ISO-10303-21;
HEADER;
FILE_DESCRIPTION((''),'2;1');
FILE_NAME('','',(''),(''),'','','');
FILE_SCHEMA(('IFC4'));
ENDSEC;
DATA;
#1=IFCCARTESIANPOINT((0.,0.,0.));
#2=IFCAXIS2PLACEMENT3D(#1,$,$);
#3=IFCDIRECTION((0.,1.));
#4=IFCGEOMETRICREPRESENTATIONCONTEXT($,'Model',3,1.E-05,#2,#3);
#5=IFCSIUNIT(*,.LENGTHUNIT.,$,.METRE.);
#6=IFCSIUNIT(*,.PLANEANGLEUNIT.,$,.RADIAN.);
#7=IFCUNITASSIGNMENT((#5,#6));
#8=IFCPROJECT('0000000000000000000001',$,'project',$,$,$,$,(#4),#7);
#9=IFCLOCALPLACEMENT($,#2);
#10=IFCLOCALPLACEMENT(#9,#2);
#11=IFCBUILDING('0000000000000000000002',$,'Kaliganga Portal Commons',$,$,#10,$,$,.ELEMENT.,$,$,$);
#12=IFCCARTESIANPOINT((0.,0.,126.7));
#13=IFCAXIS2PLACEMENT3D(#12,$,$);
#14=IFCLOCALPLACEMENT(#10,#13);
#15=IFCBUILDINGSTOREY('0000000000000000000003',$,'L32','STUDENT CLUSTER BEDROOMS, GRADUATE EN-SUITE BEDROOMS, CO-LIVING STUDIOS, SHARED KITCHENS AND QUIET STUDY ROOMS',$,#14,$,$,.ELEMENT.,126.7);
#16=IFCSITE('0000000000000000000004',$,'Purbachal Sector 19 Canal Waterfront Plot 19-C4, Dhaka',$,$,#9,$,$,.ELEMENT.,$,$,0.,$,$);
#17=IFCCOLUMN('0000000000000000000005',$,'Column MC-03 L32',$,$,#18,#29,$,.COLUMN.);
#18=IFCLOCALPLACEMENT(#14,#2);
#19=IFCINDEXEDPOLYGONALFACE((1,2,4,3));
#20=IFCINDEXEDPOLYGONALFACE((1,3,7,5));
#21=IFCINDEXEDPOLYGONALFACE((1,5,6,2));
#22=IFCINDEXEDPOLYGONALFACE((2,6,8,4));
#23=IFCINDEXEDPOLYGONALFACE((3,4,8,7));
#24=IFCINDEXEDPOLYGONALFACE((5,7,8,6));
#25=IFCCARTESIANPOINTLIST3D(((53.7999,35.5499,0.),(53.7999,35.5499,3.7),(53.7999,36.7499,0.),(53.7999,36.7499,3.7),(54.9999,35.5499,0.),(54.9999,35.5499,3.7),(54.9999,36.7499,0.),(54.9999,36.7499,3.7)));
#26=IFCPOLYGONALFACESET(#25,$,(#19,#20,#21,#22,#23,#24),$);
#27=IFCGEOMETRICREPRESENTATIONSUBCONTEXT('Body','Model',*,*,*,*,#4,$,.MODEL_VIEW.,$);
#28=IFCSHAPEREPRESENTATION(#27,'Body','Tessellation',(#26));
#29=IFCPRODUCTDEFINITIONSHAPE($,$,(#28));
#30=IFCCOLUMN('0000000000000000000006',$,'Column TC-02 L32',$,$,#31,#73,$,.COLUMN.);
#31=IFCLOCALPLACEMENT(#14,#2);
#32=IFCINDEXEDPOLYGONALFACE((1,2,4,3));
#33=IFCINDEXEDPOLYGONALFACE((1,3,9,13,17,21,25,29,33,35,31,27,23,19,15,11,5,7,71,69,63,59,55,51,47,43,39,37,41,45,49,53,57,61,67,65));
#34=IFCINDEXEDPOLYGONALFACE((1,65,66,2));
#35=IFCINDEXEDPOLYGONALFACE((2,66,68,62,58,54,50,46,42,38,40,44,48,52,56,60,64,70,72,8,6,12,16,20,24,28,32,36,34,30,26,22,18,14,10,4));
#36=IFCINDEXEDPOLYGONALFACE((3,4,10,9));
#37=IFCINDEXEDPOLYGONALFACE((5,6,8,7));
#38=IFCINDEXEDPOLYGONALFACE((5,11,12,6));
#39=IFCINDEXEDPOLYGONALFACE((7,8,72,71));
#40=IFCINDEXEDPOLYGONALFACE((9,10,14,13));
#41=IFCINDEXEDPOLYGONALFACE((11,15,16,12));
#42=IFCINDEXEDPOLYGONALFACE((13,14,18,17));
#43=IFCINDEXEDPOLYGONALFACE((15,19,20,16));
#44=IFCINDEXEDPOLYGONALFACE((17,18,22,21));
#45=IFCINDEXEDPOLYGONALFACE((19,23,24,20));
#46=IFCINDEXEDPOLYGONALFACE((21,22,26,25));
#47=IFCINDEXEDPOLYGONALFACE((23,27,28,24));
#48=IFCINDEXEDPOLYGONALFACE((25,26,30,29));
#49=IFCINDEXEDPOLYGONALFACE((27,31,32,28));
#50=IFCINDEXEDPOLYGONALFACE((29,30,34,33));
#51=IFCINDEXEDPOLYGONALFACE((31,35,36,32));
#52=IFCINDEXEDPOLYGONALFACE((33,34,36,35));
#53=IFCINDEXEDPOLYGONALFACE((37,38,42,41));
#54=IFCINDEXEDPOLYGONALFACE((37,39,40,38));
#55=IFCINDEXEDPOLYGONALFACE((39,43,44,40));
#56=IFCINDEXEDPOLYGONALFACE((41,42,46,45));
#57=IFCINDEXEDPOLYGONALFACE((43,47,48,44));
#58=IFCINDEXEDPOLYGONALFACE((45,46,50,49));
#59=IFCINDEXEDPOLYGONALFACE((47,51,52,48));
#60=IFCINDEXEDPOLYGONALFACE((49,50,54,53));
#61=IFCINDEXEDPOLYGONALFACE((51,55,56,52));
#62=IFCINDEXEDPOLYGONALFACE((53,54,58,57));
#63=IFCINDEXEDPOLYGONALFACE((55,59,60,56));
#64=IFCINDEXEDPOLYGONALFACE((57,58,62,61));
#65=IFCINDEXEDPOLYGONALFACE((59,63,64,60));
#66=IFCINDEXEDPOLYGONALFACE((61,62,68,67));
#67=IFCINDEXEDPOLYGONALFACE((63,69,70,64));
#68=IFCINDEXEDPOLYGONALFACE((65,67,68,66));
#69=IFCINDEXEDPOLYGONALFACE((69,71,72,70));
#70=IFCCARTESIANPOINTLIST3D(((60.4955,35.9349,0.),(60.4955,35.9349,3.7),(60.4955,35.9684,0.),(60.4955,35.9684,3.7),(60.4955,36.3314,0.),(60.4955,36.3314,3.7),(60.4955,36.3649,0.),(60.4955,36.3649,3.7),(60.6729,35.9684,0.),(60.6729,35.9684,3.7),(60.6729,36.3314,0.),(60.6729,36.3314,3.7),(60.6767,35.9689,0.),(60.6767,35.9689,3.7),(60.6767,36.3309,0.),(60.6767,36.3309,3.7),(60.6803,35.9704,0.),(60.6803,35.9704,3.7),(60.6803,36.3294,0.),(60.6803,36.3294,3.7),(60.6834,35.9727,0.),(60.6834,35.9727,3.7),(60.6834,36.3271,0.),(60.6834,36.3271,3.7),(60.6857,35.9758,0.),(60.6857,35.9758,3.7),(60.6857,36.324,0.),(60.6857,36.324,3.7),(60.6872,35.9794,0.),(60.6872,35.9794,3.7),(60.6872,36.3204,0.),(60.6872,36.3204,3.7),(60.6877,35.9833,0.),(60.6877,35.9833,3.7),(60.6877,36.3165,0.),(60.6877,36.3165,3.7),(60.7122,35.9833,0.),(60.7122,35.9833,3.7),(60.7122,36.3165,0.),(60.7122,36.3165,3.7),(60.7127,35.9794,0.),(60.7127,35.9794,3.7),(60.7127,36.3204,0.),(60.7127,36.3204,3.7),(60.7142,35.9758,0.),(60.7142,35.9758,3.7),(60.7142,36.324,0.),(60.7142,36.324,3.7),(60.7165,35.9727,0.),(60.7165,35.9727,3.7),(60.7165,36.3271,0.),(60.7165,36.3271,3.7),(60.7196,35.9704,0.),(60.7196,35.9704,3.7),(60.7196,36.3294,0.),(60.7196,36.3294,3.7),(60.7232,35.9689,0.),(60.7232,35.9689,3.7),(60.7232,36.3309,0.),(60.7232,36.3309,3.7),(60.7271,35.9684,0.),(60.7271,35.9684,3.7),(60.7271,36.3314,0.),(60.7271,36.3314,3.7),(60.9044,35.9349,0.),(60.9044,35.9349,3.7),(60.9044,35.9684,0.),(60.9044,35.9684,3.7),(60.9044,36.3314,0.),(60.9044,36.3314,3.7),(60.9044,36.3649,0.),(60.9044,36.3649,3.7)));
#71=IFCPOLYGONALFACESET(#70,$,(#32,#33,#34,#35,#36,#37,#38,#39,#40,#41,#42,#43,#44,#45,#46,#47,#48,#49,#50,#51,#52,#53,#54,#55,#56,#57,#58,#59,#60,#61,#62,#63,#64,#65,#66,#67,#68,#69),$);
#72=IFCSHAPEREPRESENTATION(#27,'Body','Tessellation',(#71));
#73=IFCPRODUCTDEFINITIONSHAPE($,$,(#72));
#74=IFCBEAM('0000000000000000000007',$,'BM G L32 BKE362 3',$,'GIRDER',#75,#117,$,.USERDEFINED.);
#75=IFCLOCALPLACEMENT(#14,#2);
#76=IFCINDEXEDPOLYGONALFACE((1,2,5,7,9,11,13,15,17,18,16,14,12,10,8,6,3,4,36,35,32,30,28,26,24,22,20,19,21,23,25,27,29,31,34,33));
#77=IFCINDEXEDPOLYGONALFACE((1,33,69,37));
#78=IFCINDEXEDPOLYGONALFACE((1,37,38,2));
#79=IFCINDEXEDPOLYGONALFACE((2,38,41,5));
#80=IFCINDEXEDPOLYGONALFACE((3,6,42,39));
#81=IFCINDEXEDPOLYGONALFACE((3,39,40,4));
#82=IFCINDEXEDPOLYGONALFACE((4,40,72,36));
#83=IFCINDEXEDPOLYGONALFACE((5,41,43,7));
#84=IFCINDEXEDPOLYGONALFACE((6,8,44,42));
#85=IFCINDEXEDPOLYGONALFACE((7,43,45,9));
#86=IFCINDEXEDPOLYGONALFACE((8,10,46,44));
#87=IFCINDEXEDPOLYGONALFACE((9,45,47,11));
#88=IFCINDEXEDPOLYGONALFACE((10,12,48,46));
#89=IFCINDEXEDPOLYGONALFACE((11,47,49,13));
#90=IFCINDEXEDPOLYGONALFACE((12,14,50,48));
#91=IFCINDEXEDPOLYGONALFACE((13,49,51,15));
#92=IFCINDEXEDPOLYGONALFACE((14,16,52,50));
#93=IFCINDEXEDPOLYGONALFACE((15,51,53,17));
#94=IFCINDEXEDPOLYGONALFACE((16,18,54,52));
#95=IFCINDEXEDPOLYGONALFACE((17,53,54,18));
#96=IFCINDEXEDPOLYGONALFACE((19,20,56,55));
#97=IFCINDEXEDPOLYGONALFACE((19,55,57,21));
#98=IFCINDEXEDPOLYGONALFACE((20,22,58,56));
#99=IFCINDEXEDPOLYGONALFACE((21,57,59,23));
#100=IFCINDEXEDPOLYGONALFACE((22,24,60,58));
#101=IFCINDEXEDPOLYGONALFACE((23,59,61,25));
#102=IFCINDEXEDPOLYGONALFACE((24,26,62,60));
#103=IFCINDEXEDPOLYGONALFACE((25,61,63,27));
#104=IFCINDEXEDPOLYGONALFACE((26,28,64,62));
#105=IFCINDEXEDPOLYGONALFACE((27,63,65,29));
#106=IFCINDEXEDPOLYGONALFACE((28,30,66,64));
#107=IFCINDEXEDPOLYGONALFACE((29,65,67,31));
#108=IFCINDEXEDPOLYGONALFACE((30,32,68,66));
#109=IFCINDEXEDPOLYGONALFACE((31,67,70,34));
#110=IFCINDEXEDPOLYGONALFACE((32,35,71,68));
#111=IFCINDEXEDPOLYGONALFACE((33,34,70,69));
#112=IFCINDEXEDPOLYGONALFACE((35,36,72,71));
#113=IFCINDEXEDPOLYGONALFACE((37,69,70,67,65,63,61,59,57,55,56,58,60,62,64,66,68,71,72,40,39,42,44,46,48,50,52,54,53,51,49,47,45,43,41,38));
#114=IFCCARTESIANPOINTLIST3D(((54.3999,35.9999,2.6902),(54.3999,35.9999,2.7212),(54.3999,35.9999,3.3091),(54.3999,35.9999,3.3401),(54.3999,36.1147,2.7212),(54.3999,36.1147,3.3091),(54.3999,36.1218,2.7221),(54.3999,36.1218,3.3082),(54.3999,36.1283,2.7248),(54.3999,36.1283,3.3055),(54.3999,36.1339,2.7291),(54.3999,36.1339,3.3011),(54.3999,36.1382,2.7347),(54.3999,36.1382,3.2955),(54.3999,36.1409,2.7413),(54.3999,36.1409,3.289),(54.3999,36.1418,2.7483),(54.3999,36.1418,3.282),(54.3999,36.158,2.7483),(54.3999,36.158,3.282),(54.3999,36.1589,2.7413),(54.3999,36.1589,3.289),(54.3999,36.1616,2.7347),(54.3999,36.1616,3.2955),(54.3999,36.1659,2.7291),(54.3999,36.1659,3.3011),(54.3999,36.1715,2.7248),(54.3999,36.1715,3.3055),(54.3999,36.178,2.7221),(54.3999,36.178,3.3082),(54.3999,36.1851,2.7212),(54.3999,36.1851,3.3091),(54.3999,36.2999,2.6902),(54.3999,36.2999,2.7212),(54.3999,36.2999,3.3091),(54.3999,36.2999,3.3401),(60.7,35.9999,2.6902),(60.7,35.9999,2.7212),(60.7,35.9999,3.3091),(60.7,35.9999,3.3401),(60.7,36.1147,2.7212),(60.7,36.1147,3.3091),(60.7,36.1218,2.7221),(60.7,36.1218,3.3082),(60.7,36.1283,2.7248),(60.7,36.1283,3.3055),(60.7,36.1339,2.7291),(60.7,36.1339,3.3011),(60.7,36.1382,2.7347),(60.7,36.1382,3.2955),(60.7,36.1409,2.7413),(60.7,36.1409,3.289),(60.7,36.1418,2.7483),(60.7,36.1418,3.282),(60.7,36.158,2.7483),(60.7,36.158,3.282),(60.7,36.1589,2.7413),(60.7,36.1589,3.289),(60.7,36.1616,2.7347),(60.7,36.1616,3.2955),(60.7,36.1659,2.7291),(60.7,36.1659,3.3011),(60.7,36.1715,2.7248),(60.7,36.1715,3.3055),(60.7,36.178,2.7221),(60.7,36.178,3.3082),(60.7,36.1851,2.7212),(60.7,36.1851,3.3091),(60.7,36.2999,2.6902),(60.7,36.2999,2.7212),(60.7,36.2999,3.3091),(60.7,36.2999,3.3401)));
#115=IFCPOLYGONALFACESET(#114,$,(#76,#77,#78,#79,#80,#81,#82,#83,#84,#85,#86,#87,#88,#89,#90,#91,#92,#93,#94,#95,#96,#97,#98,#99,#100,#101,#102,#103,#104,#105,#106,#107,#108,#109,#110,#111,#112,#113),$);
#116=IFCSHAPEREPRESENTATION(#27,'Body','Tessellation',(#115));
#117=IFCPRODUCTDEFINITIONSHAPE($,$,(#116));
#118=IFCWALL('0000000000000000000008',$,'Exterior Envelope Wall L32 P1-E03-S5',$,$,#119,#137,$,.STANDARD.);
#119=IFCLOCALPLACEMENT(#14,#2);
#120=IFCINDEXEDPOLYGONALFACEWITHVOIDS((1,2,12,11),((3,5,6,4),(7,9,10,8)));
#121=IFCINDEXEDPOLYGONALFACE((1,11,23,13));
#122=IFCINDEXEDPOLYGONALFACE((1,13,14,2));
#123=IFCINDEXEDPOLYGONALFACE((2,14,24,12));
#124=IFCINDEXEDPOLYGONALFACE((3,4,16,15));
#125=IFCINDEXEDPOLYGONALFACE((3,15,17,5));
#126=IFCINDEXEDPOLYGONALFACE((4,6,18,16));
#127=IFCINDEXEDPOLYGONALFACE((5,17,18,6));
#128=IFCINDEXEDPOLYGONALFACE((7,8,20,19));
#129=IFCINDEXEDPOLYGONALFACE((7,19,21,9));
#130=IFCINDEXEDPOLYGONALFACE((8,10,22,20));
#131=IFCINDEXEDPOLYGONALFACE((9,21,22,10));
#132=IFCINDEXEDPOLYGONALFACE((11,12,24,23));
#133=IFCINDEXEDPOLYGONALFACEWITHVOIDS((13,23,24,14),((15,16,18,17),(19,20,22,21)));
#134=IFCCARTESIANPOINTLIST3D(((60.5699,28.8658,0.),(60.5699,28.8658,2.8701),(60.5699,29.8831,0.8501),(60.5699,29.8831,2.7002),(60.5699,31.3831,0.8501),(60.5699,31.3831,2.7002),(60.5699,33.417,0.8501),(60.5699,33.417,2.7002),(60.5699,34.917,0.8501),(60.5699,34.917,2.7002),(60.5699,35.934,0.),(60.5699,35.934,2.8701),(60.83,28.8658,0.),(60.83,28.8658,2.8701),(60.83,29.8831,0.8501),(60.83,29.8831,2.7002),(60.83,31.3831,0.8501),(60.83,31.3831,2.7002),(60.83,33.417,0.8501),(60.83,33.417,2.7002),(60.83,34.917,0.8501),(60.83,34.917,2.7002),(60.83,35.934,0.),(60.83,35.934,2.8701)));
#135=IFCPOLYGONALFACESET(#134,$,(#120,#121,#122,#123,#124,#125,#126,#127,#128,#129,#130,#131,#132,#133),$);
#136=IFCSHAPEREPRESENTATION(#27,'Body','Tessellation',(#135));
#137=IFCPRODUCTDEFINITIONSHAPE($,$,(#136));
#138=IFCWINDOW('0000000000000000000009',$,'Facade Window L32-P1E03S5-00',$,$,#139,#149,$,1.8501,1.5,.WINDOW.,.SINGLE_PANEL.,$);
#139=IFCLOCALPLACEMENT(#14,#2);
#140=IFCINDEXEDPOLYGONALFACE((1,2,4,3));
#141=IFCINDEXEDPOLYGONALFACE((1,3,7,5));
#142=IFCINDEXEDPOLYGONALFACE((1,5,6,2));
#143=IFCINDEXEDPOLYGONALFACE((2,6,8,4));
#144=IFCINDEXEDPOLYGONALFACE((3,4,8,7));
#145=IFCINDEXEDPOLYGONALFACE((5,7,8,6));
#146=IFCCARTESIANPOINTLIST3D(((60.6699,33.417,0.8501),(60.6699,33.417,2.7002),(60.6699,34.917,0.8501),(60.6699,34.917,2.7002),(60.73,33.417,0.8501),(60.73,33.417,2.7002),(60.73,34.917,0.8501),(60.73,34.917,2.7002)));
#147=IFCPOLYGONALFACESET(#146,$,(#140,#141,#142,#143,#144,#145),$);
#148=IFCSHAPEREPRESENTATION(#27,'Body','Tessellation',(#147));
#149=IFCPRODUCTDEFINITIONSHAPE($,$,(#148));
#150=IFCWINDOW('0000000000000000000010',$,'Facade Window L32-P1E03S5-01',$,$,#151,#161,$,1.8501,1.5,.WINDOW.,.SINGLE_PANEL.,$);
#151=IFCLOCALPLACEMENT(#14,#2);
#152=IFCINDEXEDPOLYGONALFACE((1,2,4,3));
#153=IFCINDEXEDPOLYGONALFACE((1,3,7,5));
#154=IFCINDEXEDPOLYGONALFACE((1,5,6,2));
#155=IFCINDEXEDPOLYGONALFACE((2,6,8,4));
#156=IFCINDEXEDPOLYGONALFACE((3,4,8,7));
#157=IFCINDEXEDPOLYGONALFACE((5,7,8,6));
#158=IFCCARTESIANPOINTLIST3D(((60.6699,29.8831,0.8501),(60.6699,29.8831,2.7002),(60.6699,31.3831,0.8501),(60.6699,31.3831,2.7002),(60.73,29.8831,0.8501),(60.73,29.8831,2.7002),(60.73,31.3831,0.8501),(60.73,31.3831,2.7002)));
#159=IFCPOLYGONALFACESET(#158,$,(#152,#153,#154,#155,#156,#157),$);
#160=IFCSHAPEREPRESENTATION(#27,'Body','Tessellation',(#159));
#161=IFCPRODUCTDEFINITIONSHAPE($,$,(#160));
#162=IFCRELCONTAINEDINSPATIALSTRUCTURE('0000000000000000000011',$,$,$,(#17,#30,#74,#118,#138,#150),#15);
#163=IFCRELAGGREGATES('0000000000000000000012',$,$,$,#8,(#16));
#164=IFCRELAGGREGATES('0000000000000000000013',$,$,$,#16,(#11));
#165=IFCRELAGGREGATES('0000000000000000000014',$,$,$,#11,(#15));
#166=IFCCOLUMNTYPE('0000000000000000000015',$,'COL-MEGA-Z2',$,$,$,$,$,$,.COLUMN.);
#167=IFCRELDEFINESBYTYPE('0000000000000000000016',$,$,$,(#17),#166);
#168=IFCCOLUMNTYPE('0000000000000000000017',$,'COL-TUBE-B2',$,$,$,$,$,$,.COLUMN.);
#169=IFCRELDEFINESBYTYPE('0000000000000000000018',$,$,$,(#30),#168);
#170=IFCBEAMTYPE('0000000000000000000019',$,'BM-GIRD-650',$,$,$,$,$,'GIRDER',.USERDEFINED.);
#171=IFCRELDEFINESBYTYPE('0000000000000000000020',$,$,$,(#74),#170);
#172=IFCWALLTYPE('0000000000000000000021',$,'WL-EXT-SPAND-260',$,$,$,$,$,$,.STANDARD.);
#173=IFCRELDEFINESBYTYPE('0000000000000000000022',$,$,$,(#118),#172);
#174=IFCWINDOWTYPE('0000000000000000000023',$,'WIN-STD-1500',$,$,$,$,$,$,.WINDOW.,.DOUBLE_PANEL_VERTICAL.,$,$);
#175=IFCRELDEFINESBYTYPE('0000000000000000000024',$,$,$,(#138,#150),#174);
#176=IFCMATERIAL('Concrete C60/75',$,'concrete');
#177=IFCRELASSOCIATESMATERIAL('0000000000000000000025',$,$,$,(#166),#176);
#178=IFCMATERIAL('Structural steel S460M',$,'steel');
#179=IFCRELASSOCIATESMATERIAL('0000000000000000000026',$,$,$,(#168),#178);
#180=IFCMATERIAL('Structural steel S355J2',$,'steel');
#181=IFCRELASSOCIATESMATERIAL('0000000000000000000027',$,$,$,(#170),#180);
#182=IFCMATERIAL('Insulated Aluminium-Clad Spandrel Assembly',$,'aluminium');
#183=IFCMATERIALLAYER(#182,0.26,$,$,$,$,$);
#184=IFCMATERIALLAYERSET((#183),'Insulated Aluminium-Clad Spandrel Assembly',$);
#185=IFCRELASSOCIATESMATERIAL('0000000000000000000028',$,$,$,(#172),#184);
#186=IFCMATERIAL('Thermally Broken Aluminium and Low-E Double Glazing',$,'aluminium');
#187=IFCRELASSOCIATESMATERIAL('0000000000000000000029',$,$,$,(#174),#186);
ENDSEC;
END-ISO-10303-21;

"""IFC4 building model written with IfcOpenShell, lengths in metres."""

from ifc_helpers import new_model, si_unit, direction, frame, frame_2d, origin, origin_2d, place, context, subcontext, project, spatial, rectangle, i_section, extrude, source, transform, mapped, material, layer, layer_set, material_profile, profile_set, type_object, element, fill, save


model = new_model("IFC4")

# Units and contexts
model_context = context("Model", 3, precision=1e-05, world=origin(), true_north=direction((0.0, 1.0)))
body_context = subcontext(model_context, "Body", "Model", "MODEL_VIEW")
ifc_project = project(units=[si_unit("LENGTHUNIT", "METRE"), si_unit("PLANEANGLEUNIT", "RADIAN")], contexts=[model_context])

# Site, building, storey
site_placement = place(None, origin())
site = spatial("IfcSite", under=ifc_project, at=site_placement, Name="Purbachal Sector 19 Canal Waterfront Plot 19-C4, Dhaka", CompositionType="ELEMENT", RefElevation=0.0)
building_placement = place(site_placement, origin())
building = spatial("IfcBuilding", under=site, at=building_placement, Name="Kaliganga Portal Commons", CompositionType="ELEMENT")
storey_placement = place(building_placement, frame((0.0, 0.0, 126.7)))
storey = spatial("IfcBuildingStorey", under=building, at=storey_placement, Name="L32", Description="STUDENT CLUSTER BEDROOMS, GRADUATE EN-SUITE BEDROOMS, CO-LIVING STUDIOS, SHARED KITCHENS AND QUIET STUDY ROOMS", CompositionType="ELEMENT", Elevation=126.7)

# Columns
ifc_material_1 = material(Name="Concrete C60/75", Category="concrete")
ifc_material_profile_1 = material_profile(ifc_material_1, rectangle(XDim=1.2, YDim=1.2, at=origin_2d()), Name="RC 1200x1200")
ifc_profile_set_1 = profile_set([ifc_material_profile_1], Name="Concrete C60/75")
column_type_1 = type_object("IfcColumnType", Name="COL-MEGA-Z2", PredefinedType="COLUMN", material=ifc_profile_set_1)
shared_shape_1 = source(origin(), body_context, "Body", "SweptSolid", [
    extrude(rectangle(XDim=1.2, YDim=1.2, at=origin_2d()), origin(), (0.0, 0.0, 1.0), 3.7),
])
column_1_placement = place(storey_placement, frame((54.3999, 36.1499, 0.0), z_axis=(0.0, 0.0, 1.0), x_axis=(1.0, 0.0, 0.0)))
element("IfcColumn", 1, at=column_1_placement, inside=storey, type_object=column_type_1, Name="Column MC-03 L32", PredefinedType="COLUMN", context=body_context, shape_type="MappedRepresentation", body=[
    mapped(shared_shape_1, transform((0.0, 0.0, 0.0), x_axis=(1.0, 0.0, 0.0), y_axis=(0.0, 1.0, 0.0), z_axis=(0.0, 0.0, 1.0), scale=1.0)),
])
ifc_material_2 = material(Name="Structural steel S460M", Category="steel")
ifc_material_profile_2 = material_profile(ifc_material_2, i_section(OverallWidth=0.4089, OverallDepth=0.4299, WebThickness=0.0244, FlangeThickness=0.0334, FilletRadius=0.0149, at=origin_2d()), Name="HD 400x421")
ifc_profile_set_2 = profile_set([ifc_material_profile_2], Name="Structural steel S460M wide-flange")
column_type_2 = type_object("IfcColumnType", Name="COL-TUBE-B2", PredefinedType="COLUMN", material=ifc_profile_set_2)
shared_shape_2 = source(origin(), body_context, "Body", "SweptSolid", [
    extrude(i_section(OverallWidth=0.4089, OverallDepth=0.4299, WebThickness=0.0244, FlangeThickness=0.0334, FilletRadius=0.0149, at=origin_2d()), origin(), (0.0, 0.0, 1.0), 3.7),
])
column_2_placement = place(storey_placement, frame((60.7, 36.1499, 0.0), z_axis=(0.0, 0.0, 1.0), x_axis=(1.0, 0.0, 0.0)))
element("IfcColumn", 2, at=column_2_placement, inside=storey, type_object=column_type_2, Name="Column TC-02 L32", PredefinedType="COLUMN", context=body_context, shape_type="MappedRepresentation", body=[
    mapped(shared_shape_2, transform((0.0, 0.0, 0.0), x_axis=(1.0, 0.0, 0.0), y_axis=(0.0, 1.0, 0.0), z_axis=(0.0, 0.0, 1.0), scale=1.0)),
])

# Beam
ifc_material_3 = material(Name="Structural steel S355J2", Category="steel")
ifc_material_profile_3 = material_profile(ifc_material_3, i_section(OverallWidth=0.3, OverallDepth=0.6499, WebThickness=0.0161, FlangeThickness=0.031, FilletRadius=0.0271, at=origin_2d()), Name="HE 650 B")
ifc_profile_set_3 = profile_set([ifc_material_profile_3], Name="Structural steel S355J2 wide-flange")
beam_type = type_object("IfcBeamType", Name="BM-GIRD-650", ElementType="GIRDER", PredefinedType="USERDEFINED", material=ifc_profile_set_3)
shared_shape_3 = source(origin(), body_context, "Body", "SweptSolid", [
    extrude(i_section(OverallWidth=0.3, OverallDepth=0.6499, WebThickness=0.0161, FlangeThickness=0.031, FilletRadius=0.0271, at=origin_2d()), origin(), (0.0, 0.0, 1.0), 6.3),
])
beam_placement = place(storey_placement, frame((54.3999, 36.1499, 3.0151), z_axis=(1.0, 0.0, 0.0), x_axis=(0.0, 1.0, 0.0)))
element("IfcBeam", 3, at=beam_placement, inside=storey, type_object=beam_type, Name="BM G L32 BKE362 3", ObjectType="GIRDER", PredefinedType="USERDEFINED", context=body_context, shape_type="MappedRepresentation", body=[
    mapped(shared_shape_3, transform((0.0, 0.0, 0.0), x_axis=(1.0, 0.0, 0.0), y_axis=(0.0, 1.0, 0.0), z_axis=(0.0, 0.0, 1.0), scale=1.0)),
])

# Wall, openings, windows
ifc_material_4 = material(Name="Insulated Aluminium-Clad Spandrel Assembly", Category="aluminium")
ifc_layer_1 = layer(ifc_material_4, 0.26)
ifc_layer_set_1 = layer_set([ifc_layer_1], Name="Insulated Aluminium-Clad Spandrel Assembly")
wall_type_1 = type_object("IfcWallType", Name="WL-EXT-SPAND-260", PredefinedType="STANDARD", material=ifc_layer_set_1)
wall_1_placement = place(storey_placement, frame((60.7, 35.9341, 0.0), z_axis=(0.0, 0.0, 1.0), x_axis=(0.0, -1.0, 0.0)))
wall_1 = element("IfcWall", 4, at=wall_1_placement, inside=storey, type_object=wall_type_1, Name="Exterior Envelope Wall L32 P1-E03-S5", PredefinedType="STANDARD", context=body_context, shape_type="SweptSolid", body=[
    extrude(rectangle(XDim=7.0681, YDim=0.26, at=frame_2d((3.5342, 0.0))), origin(), (0.0, 0.0, 1.0), 2.8701),
])
opening_1_placement = place(wall_1_placement, frame((1.0171, 0.0, 0.8501)))
opening_1 = element("IfcOpeningElement", 5, at=opening_1_placement, cuts=wall_1, PredefinedType="OPENING", context=body_context, shape_type="SweptSolid", body=[
    extrude(rectangle(XDim=1.5, YDim=1.8501, at=frame_2d((0.75, 0.925))), frame((0.0, 0.1401, 0.0), z_axis=(0.0, -1.0, 0.0), x_axis=(1.0, 0.0, 0.0)), (0.0, 0.0, 1.0), 0.28),
])
opening_2_placement = place(wall_1_placement, frame((4.551, 0.0, 0.8501)))
opening_2 = element("IfcOpeningElement", 6, at=opening_2_placement, cuts=wall_1, PredefinedType="OPENING", context=body_context, shape_type="SweptSolid", body=[
    extrude(rectangle(XDim=1.5, YDim=1.8501, at=frame_2d((0.75, 0.925))), frame((0.0, 0.1401, 0.0), z_axis=(0.0, -1.0, 0.0), x_axis=(1.0, 0.0, 0.0)), (0.0, 0.0, 1.0), 0.28),
])
ifc_material_5 = material(Name="Thermally Broken Aluminium and Low-E Double Glazing", Category="aluminium")
window_type_1 = type_object("IfcWindowType", Name="WIN-STD-1500", PartitioningType="DOUBLE_PANEL_VERTICAL", PredefinedType="WINDOW", material=ifc_material_5)
window_1_placement = place(opening_1_placement, origin())
window_1 = element("IfcWindow", 7, at=window_1_placement, inside=storey, type_object=window_type_1, Name="Facade Window L32-P1E03S5-00", OverallHeight=1.8501, OverallWidth=1.5, PartitioningType="SINGLE_PANEL", PredefinedType="WINDOW", context=body_context, shape_type="SweptSolid", body=[
    extrude(rectangle(XDim=1.5, YDim=1.8501, at=frame_2d((0.75, 0.925))), frame((0.0, 0.03, 0.0), z_axis=(0.0, -1.0, 0.0), x_axis=(1.0, 0.0, 0.0)), (0.0, 0.0, 1.0), 0.0601),
])
fill(opening_1, window_1)
window_2_placement = place(opening_2_placement, origin())
window_2 = element("IfcWindow", 8, at=window_2_placement, inside=storey, type_object=window_type_1, Name="Facade Window L32-P1E03S5-01", OverallHeight=1.8501, OverallWidth=1.5, PartitioningType="SINGLE_PANEL", PredefinedType="WINDOW", context=body_context, shape_type="SweptSolid", body=[
    extrude(rectangle(XDim=1.5, YDim=1.8501, at=frame_2d((0.75, 0.925))), frame((0.0, 0.03, 0.0), z_axis=(0.0, -1.0, 0.0), x_axis=(1.0, 0.0, 0.0)), (0.0, 0.0, 1.0), 0.0601),
])
fill(opening_2, window_2)

save(model, "model.ifc")
